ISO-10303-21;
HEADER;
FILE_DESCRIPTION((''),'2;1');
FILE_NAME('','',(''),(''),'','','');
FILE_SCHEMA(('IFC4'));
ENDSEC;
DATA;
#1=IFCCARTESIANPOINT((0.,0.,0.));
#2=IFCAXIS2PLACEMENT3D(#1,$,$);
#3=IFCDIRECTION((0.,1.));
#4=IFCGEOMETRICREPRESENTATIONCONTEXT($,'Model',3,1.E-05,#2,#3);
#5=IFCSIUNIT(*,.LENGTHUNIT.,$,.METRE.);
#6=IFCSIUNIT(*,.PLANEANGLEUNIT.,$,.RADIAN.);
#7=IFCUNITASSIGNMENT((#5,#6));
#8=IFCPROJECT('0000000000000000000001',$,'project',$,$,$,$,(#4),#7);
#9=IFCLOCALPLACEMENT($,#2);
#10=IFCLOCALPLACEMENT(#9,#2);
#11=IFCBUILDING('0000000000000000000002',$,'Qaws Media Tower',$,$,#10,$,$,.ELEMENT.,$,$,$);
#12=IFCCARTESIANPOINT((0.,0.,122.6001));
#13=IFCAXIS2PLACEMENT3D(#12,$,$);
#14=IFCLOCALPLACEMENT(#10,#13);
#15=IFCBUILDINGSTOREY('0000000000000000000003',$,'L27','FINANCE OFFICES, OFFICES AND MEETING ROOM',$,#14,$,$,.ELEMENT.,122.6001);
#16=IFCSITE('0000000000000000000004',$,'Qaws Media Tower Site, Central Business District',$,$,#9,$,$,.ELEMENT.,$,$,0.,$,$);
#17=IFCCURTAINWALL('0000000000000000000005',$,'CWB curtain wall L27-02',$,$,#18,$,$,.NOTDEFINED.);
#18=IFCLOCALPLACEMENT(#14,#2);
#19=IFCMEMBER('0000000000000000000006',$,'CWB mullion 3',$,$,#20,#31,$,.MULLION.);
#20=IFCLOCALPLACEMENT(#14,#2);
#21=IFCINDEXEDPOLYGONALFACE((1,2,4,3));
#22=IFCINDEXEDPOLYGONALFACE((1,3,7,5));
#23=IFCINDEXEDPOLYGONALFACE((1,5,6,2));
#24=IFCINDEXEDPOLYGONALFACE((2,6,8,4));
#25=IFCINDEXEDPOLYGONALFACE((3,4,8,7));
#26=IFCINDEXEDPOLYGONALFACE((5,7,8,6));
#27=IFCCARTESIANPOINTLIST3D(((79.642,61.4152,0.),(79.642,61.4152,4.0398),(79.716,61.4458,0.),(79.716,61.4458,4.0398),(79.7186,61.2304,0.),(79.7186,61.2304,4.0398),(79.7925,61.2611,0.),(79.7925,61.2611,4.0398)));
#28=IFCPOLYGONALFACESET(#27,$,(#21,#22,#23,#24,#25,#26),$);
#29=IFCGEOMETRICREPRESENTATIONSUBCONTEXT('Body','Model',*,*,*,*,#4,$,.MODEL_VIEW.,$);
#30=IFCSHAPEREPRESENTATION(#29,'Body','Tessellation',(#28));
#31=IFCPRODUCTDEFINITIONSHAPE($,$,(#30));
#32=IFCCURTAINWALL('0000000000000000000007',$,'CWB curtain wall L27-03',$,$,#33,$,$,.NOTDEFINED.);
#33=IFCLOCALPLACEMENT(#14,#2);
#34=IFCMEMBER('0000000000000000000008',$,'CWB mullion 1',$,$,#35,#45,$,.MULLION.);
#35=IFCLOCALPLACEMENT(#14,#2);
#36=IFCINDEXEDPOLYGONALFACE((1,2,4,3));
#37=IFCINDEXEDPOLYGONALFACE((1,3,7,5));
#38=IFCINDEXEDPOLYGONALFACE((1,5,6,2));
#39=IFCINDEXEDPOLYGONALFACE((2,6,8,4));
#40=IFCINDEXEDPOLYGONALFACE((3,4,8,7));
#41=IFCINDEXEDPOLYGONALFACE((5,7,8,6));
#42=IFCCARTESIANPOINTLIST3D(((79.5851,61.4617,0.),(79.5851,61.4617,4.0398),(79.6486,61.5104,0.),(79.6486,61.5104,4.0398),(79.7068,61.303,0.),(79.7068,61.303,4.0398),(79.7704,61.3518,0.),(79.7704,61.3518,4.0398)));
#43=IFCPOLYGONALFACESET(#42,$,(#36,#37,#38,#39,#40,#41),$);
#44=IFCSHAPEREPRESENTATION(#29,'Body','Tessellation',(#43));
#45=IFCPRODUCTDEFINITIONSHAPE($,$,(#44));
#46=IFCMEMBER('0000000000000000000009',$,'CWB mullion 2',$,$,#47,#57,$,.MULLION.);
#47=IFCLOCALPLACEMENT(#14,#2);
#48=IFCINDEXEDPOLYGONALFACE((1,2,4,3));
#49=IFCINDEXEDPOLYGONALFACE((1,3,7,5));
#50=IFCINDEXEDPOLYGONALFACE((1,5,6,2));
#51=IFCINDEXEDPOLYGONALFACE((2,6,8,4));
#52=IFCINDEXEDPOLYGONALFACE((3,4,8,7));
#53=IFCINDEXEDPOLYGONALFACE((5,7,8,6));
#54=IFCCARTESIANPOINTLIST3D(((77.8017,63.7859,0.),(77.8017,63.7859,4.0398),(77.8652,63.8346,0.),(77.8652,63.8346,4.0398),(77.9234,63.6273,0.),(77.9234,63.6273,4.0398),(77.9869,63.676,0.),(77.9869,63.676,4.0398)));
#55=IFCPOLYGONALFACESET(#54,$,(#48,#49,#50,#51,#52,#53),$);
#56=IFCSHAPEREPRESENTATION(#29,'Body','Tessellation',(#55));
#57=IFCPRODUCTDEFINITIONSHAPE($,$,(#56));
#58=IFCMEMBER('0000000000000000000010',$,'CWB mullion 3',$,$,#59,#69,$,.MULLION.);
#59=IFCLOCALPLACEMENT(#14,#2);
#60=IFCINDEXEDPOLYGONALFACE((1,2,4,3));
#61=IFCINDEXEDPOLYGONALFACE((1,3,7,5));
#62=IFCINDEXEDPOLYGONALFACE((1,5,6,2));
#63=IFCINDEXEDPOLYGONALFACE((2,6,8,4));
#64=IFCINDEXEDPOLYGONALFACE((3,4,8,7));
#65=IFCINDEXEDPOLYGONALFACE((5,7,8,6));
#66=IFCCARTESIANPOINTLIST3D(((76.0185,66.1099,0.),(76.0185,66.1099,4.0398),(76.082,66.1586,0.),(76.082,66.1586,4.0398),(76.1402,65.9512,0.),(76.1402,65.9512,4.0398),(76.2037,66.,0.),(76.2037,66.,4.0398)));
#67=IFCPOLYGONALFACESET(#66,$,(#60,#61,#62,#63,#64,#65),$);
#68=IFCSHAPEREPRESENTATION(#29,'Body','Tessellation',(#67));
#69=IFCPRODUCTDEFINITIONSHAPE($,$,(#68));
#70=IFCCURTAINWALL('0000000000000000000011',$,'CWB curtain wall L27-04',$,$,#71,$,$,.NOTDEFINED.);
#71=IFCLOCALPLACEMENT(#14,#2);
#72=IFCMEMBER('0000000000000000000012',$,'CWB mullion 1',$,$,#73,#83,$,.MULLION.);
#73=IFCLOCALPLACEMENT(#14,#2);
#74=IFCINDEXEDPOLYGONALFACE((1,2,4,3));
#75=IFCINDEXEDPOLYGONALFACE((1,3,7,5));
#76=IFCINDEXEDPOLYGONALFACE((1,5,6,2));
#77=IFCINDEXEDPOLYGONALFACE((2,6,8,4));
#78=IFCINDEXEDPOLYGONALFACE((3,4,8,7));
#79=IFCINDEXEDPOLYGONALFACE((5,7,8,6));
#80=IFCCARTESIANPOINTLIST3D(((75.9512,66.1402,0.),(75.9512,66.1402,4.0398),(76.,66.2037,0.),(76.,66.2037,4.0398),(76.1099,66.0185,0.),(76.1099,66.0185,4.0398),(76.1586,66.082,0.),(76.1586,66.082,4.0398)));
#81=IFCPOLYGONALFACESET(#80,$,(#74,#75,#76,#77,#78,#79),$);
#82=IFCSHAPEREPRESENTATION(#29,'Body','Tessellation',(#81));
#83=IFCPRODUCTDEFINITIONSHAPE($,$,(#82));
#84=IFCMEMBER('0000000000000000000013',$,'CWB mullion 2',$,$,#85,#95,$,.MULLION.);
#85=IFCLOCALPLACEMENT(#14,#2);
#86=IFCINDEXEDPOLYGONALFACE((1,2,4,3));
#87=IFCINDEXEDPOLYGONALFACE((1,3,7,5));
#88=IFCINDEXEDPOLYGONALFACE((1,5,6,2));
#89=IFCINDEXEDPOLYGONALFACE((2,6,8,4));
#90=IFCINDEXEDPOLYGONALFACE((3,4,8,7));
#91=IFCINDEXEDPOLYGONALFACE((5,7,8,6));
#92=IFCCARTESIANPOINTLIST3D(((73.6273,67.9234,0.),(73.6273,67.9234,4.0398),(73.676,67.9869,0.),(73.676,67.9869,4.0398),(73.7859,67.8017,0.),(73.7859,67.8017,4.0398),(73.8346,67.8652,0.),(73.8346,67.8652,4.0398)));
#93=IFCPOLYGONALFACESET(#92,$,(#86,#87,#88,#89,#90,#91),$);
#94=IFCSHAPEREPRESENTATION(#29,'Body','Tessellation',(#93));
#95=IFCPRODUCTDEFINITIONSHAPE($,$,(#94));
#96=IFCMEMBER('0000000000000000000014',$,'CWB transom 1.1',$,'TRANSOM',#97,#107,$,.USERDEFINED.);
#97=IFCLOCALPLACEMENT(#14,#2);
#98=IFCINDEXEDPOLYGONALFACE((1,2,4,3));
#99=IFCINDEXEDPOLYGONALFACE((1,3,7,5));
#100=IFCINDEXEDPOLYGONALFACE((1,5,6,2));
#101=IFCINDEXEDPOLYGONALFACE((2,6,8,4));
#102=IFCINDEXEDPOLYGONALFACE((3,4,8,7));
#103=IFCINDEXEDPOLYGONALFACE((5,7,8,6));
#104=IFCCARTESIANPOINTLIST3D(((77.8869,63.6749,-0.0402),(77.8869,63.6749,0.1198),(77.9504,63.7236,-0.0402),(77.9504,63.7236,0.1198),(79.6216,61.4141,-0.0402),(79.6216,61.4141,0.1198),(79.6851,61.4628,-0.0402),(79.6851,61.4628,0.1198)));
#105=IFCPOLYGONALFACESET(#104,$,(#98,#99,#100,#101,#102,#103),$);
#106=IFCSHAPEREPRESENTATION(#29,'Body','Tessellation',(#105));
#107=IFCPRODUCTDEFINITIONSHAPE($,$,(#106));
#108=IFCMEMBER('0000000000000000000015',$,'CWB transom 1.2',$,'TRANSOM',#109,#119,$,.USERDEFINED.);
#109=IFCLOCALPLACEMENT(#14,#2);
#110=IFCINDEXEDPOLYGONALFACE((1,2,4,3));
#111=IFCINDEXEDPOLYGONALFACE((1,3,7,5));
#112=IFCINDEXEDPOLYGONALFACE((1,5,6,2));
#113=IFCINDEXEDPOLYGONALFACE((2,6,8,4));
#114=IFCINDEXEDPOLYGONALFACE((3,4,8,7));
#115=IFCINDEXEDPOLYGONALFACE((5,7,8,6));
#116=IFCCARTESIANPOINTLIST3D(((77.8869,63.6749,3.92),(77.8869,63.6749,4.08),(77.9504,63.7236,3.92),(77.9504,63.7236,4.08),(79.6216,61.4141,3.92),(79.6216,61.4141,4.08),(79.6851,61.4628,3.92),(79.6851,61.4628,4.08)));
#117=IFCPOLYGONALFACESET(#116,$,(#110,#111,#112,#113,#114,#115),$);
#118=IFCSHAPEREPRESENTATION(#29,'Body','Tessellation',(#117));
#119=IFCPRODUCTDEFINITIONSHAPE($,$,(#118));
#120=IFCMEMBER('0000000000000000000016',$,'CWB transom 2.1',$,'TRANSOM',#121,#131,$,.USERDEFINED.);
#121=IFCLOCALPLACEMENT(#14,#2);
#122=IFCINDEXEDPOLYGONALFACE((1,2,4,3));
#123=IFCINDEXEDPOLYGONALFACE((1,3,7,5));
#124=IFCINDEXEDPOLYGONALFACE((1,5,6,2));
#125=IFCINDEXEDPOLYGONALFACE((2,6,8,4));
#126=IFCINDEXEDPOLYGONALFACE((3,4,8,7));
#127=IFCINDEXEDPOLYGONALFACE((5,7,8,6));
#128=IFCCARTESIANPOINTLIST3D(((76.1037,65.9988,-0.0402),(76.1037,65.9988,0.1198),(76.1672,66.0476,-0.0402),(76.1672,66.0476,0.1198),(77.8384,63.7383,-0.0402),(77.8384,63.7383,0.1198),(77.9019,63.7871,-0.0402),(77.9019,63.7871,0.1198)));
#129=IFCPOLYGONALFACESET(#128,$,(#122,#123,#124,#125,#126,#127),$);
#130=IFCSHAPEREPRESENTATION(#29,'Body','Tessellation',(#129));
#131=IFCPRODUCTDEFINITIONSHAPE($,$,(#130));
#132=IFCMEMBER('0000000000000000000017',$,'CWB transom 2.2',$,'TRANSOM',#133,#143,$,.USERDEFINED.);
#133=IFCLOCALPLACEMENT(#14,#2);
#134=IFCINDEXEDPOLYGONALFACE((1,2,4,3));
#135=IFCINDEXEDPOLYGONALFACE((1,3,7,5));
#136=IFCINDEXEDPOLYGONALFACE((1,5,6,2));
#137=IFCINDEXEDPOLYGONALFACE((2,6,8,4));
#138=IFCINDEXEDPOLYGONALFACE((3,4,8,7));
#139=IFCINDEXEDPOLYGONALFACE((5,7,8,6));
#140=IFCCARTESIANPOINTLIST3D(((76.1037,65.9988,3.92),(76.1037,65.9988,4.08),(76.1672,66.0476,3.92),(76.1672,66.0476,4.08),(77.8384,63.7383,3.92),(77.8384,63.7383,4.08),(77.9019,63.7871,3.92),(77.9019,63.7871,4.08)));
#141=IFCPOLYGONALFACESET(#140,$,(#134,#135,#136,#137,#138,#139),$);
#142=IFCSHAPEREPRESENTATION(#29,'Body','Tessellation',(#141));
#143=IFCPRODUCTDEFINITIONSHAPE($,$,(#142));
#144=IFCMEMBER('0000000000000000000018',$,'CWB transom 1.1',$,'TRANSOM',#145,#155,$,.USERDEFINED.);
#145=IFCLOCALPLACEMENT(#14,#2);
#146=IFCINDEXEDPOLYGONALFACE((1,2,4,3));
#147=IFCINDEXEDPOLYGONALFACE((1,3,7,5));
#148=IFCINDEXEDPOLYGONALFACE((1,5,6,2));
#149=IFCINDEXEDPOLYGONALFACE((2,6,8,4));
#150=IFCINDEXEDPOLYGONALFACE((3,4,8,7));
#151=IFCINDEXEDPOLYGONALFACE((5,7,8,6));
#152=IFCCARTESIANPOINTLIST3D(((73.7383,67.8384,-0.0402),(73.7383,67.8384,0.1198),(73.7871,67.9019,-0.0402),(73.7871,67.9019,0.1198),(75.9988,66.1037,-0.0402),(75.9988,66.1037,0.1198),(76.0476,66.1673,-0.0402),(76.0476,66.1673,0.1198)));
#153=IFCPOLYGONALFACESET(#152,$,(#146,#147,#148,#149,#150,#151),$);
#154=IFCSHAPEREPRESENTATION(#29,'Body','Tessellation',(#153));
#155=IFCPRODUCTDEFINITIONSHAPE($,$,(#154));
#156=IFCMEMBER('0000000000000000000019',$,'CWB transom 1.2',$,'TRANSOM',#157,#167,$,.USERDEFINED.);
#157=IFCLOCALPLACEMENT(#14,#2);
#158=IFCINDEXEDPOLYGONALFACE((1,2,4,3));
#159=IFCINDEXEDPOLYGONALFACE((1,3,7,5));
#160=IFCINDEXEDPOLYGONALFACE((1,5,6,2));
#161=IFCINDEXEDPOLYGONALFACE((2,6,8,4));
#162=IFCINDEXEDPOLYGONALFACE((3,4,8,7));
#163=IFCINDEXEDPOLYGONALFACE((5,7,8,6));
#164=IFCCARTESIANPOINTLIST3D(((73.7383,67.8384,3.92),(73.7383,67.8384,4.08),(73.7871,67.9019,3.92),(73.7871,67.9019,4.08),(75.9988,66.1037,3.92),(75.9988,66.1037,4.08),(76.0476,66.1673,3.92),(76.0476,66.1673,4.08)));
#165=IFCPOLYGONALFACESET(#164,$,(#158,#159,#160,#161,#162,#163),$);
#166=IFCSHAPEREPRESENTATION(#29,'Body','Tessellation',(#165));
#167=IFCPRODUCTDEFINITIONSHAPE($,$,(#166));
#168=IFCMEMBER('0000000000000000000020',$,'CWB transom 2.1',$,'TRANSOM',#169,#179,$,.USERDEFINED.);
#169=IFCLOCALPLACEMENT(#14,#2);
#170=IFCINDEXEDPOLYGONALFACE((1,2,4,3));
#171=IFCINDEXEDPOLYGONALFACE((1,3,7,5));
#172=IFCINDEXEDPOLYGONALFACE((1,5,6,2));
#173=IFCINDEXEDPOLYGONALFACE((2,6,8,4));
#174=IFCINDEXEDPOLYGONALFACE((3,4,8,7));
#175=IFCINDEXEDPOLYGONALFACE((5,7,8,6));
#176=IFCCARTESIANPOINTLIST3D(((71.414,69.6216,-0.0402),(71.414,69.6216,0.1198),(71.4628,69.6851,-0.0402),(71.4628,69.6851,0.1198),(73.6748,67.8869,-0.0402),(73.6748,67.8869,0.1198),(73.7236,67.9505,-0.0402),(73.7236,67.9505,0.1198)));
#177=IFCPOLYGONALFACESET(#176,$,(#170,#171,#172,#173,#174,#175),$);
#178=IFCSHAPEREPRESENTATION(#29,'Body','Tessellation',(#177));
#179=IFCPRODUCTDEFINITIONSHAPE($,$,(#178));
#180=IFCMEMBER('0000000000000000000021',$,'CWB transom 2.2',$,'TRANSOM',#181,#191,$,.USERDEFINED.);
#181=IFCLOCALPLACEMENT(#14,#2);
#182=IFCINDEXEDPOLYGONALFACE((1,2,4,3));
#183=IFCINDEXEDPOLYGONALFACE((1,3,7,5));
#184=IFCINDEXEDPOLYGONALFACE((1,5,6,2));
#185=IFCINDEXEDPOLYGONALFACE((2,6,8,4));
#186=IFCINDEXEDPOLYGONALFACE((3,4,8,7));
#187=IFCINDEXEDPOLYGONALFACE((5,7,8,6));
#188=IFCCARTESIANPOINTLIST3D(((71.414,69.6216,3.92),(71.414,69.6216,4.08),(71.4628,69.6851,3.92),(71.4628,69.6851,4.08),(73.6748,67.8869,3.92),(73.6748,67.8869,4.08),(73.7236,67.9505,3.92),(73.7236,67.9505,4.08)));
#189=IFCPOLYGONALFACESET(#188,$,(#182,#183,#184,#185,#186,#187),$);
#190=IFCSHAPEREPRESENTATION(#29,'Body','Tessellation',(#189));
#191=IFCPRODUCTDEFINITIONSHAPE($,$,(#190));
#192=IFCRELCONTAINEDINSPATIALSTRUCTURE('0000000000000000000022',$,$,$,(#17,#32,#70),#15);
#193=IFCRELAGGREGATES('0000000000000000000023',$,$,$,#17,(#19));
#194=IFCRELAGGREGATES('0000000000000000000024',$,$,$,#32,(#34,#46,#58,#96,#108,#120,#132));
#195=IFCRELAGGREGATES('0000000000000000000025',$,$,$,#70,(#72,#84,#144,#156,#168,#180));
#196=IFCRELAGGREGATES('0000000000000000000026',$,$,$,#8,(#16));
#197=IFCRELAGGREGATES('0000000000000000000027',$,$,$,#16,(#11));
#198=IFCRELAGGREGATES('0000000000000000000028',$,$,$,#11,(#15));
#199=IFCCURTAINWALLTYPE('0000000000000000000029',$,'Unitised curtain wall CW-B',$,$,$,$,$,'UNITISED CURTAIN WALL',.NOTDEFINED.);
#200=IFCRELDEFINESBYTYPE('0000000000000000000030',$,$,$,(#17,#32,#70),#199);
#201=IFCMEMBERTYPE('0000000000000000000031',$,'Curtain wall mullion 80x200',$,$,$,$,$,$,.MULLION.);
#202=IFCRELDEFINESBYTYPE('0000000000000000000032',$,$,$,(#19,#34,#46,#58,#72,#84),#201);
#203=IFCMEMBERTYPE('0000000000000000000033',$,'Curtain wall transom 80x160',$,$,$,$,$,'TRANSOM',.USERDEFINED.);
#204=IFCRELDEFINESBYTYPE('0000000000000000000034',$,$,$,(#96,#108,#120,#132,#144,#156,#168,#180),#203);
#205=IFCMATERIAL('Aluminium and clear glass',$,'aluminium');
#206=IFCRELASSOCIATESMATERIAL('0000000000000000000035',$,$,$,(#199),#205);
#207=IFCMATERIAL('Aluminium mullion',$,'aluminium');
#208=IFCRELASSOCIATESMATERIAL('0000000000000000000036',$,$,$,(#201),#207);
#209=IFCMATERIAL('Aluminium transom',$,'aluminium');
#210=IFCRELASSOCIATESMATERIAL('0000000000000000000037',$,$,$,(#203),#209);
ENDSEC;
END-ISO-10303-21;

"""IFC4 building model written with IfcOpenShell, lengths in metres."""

from ifc_helpers import new_model, si_unit, direction, frame, origin, origin_2d, place, context, subcontext, project, spatial, rectangle, extrude, material, material_profile, profile_set, type_object, element, aggregate, save


model = new_model("IFC4")

# Units and contexts
model_context = context("Model", 3, precision=1e-05, world=origin(), true_north=direction((0.0, 1.0)))
body_context = subcontext(model_context, "Body", "Model", "MODEL_VIEW")
ifc_project = project(units=[si_unit("LENGTHUNIT", "METRE"), si_unit("PLANEANGLEUNIT", "RADIAN")], contexts=[model_context])

# Site, building, storey
site_placement = place(None, origin())
site = spatial("IfcSite", under=ifc_project, at=site_placement, Name="Qaws Media Tower Site, Central Business District", CompositionType="ELEMENT", RefElevation=0.0)
building_placement = place(site_placement, origin())
building = spatial("IfcBuilding", under=site, at=building_placement, Name="Qaws Media Tower", CompositionType="ELEMENT")
storey_placement = place(building_placement, frame((0.0, 0.0, 122.6001)))
storey = spatial("IfcBuildingStorey", under=building, at=storey_placement, Name="L27", Description="FINANCE OFFICES, OFFICES AND MEETING ROOM", CompositionType="ELEMENT", Elevation=122.6001)

# Curtain wall, member
ifc_material_1 = material(Name="Aluminium and clear glass", Category="aluminium")
curtain_wall_type = type_object("IfcCurtainWallType", Name="Unitised curtain wall CW-B", ElementType="UNITISED CURTAIN WALL", PredefinedType="NOTDEFINED", material=ifc_material_1)
curtain_wall_1_placement = place(storey_placement, origin())
curtain_wall_1 = element("IfcCurtainWall", 1, at=curtain_wall_1_placement, inside=storey, type_object=curtain_wall_type, Name="CWB curtain wall L27-02", PredefinedType="NOTDEFINED")
ifc_material_2 = material(Name="Aluminium mullion", Category="aluminium")
ifc_material_profile_1 = material_profile(ifc_material_2, rectangle(XDim=0.0801, YDim=0.2, at=origin_2d()), Name="80x200")
ifc_profile_set_1 = profile_set([ifc_material_profile_1], Name="Aluminium mullion")
member_type_1 = type_object("IfcMemberType", Name="Curtain wall mullion 80x200", PredefinedType="MULLION", material=ifc_profile_set_1)
member_1_placement = place(storey_placement, frame((79.7173, 61.3381, 0.0), z_axis=(0.0, 0.0, 1.0), x_axis=(-0.92388, -0.382683, 0.0)))
member_1 = element("IfcMember", 2, at=member_1_placement, type_object=member_type_1, Name="CWB mullion 3", PredefinedType="MULLION", context=body_context, shape_type="SweptSolid", body=[
    extrude(rectangle(XDim=0.0801, YDim=0.2, at=origin_2d()), origin(), (0.0, 0.0, 1.0), 4.0398),
])
aggregate(curtain_wall_1, [member_1])

# Curtain walls, members
curtain_wall_2_placement = place(storey_placement, origin())
curtain_wall_2 = element("IfcCurtainWall", 3, at=curtain_wall_2_placement, inside=storey, type_object=curtain_wall_type, Name="CWB curtain wall L27-03", PredefinedType="NOTDEFINED")
member_2_placement = place(storey_placement, frame((79.6777, 61.4067, 0.0), z_axis=(0.0, 0.0, 1.0), x_axis=(-0.793353, -0.608761, 0.0)))
member_2 = element("IfcMember", 4, at=member_2_placement, type_object=member_type_1, Name="CWB mullion 1", PredefinedType="MULLION", context=body_context, shape_type="SweptSolid", body=[
    extrude(rectangle(XDim=0.0801, YDim=0.2, at=origin_2d()), origin(), (0.0, 0.0, 1.0), 4.0398),
])
member_3_placement = place(storey_placement, frame((77.8943, 63.731, 0.0), z_axis=(0.0, 0.0, 1.0), x_axis=(-0.793353, -0.608761, 0.0)))
member_3 = element("IfcMember", 5, at=member_3_placement, type_object=member_type_1, Name="CWB mullion 2", PredefinedType="MULLION", context=body_context, shape_type="SweptSolid", body=[
    extrude(rectangle(XDim=0.0801, YDim=0.2, at=origin_2d()), origin(), (0.0, 0.0, 1.0), 4.0398),
])
member_4_placement = place(storey_placement, frame((76.1111, 66.0549, 0.0), z_axis=(0.0, 0.0, 1.0), x_axis=(-0.793353, -0.608761, 0.0)))
member_4 = element("IfcMember", 6, at=member_4_placement, type_object=member_type_1, Name="CWB mullion 3", PredefinedType="MULLION", context=body_context, shape_type="SweptSolid", body=[
    extrude(rectangle(XDim=0.0801, YDim=0.2, at=origin_2d()), origin(), (0.0, 0.0, 1.0), 4.0398),
])
curtain_wall_3_placement = place(storey_placement, origin())
curtain_wall_3 = element("IfcCurtainWall", 7, at=curtain_wall_3_placement, inside=storey, type_object=curtain_wall_type, Name="CWB curtain wall L27-04", PredefinedType="NOTDEFINED")
member_5_placement = place(storey_placement, frame((76.0549, 66.1111, 0.0), z_axis=(0.0, 0.0, 1.0), x_axis=(-0.608761, -0.793353, 0.0)))
member_5 = element("IfcMember", 8, at=member_5_placement, type_object=member_type_1, Name="CWB mullion 1", PredefinedType="MULLION", context=body_context, shape_type="SweptSolid", body=[
    extrude(rectangle(XDim=0.0801, YDim=0.2, at=origin_2d()), origin(), (0.0, 0.0, 1.0), 4.0398),
])
member_6_placement = place(storey_placement, frame((73.731, 67.8943, 0.0), z_axis=(0.0, 0.0, 1.0), x_axis=(-0.608761, -0.793353, 0.0)))
member_6 = element("IfcMember", 9, at=member_6_placement, type_object=member_type_1, Name="CWB mullion 2", PredefinedType="MULLION", context=body_context, shape_type="SweptSolid", body=[
    extrude(rectangle(XDim=0.0801, YDim=0.2, at=origin_2d()), origin(), (0.0, 0.0, 1.0), 4.0398),
])

# Members
ifc_material_3 = material(Name="Aluminium transom", Category="aluminium")
ifc_material_profile_2 = material_profile(ifc_material_3, rectangle(XDim=0.0801, YDim=0.1599, at=origin_2d()), Name="80x160")
ifc_profile_set_2 = profile_set([ifc_material_profile_2], Name="Aluminium transom")
member_type_2 = type_object("IfcMemberType", Name="Curtain wall transom 80x160", ElementType="TRANSOM", PredefinedType="USERDEFINED", material=ifc_profile_set_2)
member_7_placement = place(storey_placement, frame((79.6533, 61.4385, 0.0398), z_axis=(-0.608737, 0.793372, 0.0), x_axis=(-0.793372, -0.608737, 0.0)))
member_7 = element("IfcMember", 10, at=member_7_placement, type_object=member_type_2, Name="CWB transom 1.1", ObjectType="TRANSOM", PredefinedType="USERDEFINED", context=body_context, shape_type="SweptSolid", body=[
    extrude(rectangle(XDim=0.0801, YDim=0.1599, at=origin_2d()), origin(), (0.0, 0.0, 1.0), 2.8496),
])
member_8_placement = place(storey_placement, frame((79.6533, 61.4385, 4.0), z_axis=(-0.608737, 0.793372, 0.0), x_axis=(-0.793372, -0.608737, 0.0)))
member_8 = element("IfcMember", 11, at=member_8_placement, type_object=member_type_2, Name="CWB transom 1.2", ObjectType="TRANSOM", PredefinedType="USERDEFINED", context=body_context, shape_type="SweptSolid", body=[
    extrude(rectangle(XDim=0.0801, YDim=0.1599, at=origin_2d()), origin(), (0.0, 0.0, 1.0), 2.8496),
])
member_9_placement = place(storey_placement, frame((77.8701, 63.7627, 0.0398), z_axis=(-0.608779, 0.79334, 0.0), x_axis=(-0.79334, -0.608779, 0.0)))
member_9 = element("IfcMember", 12, at=member_9_placement, type_object=member_type_2, Name="CWB transom 2.1", ObjectType="TRANSOM", PredefinedType="USERDEFINED", context=body_context, shape_type="SweptSolid", body=[
    extrude(rectangle(XDim=0.0801, YDim=0.1599, at=origin_2d()), origin(), (0.0, 0.0, 1.0), 2.8494),
])
member_10_placement = place(storey_placement, frame((77.8701, 63.7627, 4.0), z_axis=(-0.608779, 0.79334, 0.0), x_axis=(-0.79334, -0.608779, 0.0)))
member_10 = element("IfcMember", 13, at=member_10_placement, type_object=member_type_2, Name="CWB transom 2.2", ObjectType="TRANSOM", PredefinedType="USERDEFINED", context=body_context, shape_type="SweptSolid", body=[
    extrude(rectangle(XDim=0.0801, YDim=0.1599, at=origin_2d()), origin(), (0.0, 0.0, 1.0), 2.8494),
])
member_11_placement = place(storey_placement, frame((76.0232, 66.1355, 0.0398), z_axis=(-0.79334, 0.608779, 0.0), x_axis=(-0.608779, -0.79334, 0.0)))
member_11 = element("IfcMember", 14, at=member_11_placement, type_object=member_type_2, Name="CWB transom 1.1", ObjectType="TRANSOM", PredefinedType="USERDEFINED", context=body_context, shape_type="SweptSolid", body=[
    extrude(rectangle(XDim=0.0801, YDim=0.1599, at=origin_2d()), origin(), (0.0, 0.0, 1.0), 2.8494),
])
member_12_placement = place(storey_placement, frame((76.0232, 66.1355, 4.0), z_axis=(-0.79334, 0.608779, 0.0), x_axis=(-0.608779, -0.79334, 0.0)))
member_12 = element("IfcMember", 15, at=member_12_placement, type_object=member_type_2, Name="CWB transom 1.2", ObjectType="TRANSOM", PredefinedType="USERDEFINED", context=body_context, shape_type="SweptSolid", body=[
    extrude(rectangle(XDim=0.0801, YDim=0.1599, at=origin_2d()), origin(), (0.0, 0.0, 1.0), 2.8494),
])
member_13_placement = place(storey_placement, frame((73.6992, 67.9187, 0.0398), z_axis=(-0.793372, 0.608737, 0.0), x_axis=(-0.608737, -0.793372, 0.0)))
member_13 = element("IfcMember", 16, at=member_13_placement, type_object=member_type_2, Name="CWB transom 2.1", ObjectType="TRANSOM", PredefinedType="USERDEFINED", context=body_context, shape_type="SweptSolid", body=[
    extrude(rectangle(XDim=0.0801, YDim=0.1599, at=origin_2d()), origin(), (0.0, 0.0, 1.0), 2.8496),
])
member_14_placement = place(storey_placement, frame((73.6992, 67.9187, 4.0), z_axis=(-0.793372, 0.608737, 0.0), x_axis=(-0.608737, -0.793372, 0.0)))
member_14 = element("IfcMember", 17, at=member_14_placement, type_object=member_type_2, Name="CWB transom 2.2", ObjectType="TRANSOM", PredefinedType="USERDEFINED", context=body_context, shape_type="SweptSolid", body=[
    extrude(rectangle(XDim=0.0801, YDim=0.1599, at=origin_2d()), origin(), (0.0, 0.0, 1.0), 2.8496),
])

aggregate(curtain_wall_2, [member_2, member_3, member_4, member_7, member_8, member_9, member_10])
aggregate(curtain_wall_3, [member_5, member_6, member_11, member_12, member_13, member_14])

save(model, "model.ifc")
